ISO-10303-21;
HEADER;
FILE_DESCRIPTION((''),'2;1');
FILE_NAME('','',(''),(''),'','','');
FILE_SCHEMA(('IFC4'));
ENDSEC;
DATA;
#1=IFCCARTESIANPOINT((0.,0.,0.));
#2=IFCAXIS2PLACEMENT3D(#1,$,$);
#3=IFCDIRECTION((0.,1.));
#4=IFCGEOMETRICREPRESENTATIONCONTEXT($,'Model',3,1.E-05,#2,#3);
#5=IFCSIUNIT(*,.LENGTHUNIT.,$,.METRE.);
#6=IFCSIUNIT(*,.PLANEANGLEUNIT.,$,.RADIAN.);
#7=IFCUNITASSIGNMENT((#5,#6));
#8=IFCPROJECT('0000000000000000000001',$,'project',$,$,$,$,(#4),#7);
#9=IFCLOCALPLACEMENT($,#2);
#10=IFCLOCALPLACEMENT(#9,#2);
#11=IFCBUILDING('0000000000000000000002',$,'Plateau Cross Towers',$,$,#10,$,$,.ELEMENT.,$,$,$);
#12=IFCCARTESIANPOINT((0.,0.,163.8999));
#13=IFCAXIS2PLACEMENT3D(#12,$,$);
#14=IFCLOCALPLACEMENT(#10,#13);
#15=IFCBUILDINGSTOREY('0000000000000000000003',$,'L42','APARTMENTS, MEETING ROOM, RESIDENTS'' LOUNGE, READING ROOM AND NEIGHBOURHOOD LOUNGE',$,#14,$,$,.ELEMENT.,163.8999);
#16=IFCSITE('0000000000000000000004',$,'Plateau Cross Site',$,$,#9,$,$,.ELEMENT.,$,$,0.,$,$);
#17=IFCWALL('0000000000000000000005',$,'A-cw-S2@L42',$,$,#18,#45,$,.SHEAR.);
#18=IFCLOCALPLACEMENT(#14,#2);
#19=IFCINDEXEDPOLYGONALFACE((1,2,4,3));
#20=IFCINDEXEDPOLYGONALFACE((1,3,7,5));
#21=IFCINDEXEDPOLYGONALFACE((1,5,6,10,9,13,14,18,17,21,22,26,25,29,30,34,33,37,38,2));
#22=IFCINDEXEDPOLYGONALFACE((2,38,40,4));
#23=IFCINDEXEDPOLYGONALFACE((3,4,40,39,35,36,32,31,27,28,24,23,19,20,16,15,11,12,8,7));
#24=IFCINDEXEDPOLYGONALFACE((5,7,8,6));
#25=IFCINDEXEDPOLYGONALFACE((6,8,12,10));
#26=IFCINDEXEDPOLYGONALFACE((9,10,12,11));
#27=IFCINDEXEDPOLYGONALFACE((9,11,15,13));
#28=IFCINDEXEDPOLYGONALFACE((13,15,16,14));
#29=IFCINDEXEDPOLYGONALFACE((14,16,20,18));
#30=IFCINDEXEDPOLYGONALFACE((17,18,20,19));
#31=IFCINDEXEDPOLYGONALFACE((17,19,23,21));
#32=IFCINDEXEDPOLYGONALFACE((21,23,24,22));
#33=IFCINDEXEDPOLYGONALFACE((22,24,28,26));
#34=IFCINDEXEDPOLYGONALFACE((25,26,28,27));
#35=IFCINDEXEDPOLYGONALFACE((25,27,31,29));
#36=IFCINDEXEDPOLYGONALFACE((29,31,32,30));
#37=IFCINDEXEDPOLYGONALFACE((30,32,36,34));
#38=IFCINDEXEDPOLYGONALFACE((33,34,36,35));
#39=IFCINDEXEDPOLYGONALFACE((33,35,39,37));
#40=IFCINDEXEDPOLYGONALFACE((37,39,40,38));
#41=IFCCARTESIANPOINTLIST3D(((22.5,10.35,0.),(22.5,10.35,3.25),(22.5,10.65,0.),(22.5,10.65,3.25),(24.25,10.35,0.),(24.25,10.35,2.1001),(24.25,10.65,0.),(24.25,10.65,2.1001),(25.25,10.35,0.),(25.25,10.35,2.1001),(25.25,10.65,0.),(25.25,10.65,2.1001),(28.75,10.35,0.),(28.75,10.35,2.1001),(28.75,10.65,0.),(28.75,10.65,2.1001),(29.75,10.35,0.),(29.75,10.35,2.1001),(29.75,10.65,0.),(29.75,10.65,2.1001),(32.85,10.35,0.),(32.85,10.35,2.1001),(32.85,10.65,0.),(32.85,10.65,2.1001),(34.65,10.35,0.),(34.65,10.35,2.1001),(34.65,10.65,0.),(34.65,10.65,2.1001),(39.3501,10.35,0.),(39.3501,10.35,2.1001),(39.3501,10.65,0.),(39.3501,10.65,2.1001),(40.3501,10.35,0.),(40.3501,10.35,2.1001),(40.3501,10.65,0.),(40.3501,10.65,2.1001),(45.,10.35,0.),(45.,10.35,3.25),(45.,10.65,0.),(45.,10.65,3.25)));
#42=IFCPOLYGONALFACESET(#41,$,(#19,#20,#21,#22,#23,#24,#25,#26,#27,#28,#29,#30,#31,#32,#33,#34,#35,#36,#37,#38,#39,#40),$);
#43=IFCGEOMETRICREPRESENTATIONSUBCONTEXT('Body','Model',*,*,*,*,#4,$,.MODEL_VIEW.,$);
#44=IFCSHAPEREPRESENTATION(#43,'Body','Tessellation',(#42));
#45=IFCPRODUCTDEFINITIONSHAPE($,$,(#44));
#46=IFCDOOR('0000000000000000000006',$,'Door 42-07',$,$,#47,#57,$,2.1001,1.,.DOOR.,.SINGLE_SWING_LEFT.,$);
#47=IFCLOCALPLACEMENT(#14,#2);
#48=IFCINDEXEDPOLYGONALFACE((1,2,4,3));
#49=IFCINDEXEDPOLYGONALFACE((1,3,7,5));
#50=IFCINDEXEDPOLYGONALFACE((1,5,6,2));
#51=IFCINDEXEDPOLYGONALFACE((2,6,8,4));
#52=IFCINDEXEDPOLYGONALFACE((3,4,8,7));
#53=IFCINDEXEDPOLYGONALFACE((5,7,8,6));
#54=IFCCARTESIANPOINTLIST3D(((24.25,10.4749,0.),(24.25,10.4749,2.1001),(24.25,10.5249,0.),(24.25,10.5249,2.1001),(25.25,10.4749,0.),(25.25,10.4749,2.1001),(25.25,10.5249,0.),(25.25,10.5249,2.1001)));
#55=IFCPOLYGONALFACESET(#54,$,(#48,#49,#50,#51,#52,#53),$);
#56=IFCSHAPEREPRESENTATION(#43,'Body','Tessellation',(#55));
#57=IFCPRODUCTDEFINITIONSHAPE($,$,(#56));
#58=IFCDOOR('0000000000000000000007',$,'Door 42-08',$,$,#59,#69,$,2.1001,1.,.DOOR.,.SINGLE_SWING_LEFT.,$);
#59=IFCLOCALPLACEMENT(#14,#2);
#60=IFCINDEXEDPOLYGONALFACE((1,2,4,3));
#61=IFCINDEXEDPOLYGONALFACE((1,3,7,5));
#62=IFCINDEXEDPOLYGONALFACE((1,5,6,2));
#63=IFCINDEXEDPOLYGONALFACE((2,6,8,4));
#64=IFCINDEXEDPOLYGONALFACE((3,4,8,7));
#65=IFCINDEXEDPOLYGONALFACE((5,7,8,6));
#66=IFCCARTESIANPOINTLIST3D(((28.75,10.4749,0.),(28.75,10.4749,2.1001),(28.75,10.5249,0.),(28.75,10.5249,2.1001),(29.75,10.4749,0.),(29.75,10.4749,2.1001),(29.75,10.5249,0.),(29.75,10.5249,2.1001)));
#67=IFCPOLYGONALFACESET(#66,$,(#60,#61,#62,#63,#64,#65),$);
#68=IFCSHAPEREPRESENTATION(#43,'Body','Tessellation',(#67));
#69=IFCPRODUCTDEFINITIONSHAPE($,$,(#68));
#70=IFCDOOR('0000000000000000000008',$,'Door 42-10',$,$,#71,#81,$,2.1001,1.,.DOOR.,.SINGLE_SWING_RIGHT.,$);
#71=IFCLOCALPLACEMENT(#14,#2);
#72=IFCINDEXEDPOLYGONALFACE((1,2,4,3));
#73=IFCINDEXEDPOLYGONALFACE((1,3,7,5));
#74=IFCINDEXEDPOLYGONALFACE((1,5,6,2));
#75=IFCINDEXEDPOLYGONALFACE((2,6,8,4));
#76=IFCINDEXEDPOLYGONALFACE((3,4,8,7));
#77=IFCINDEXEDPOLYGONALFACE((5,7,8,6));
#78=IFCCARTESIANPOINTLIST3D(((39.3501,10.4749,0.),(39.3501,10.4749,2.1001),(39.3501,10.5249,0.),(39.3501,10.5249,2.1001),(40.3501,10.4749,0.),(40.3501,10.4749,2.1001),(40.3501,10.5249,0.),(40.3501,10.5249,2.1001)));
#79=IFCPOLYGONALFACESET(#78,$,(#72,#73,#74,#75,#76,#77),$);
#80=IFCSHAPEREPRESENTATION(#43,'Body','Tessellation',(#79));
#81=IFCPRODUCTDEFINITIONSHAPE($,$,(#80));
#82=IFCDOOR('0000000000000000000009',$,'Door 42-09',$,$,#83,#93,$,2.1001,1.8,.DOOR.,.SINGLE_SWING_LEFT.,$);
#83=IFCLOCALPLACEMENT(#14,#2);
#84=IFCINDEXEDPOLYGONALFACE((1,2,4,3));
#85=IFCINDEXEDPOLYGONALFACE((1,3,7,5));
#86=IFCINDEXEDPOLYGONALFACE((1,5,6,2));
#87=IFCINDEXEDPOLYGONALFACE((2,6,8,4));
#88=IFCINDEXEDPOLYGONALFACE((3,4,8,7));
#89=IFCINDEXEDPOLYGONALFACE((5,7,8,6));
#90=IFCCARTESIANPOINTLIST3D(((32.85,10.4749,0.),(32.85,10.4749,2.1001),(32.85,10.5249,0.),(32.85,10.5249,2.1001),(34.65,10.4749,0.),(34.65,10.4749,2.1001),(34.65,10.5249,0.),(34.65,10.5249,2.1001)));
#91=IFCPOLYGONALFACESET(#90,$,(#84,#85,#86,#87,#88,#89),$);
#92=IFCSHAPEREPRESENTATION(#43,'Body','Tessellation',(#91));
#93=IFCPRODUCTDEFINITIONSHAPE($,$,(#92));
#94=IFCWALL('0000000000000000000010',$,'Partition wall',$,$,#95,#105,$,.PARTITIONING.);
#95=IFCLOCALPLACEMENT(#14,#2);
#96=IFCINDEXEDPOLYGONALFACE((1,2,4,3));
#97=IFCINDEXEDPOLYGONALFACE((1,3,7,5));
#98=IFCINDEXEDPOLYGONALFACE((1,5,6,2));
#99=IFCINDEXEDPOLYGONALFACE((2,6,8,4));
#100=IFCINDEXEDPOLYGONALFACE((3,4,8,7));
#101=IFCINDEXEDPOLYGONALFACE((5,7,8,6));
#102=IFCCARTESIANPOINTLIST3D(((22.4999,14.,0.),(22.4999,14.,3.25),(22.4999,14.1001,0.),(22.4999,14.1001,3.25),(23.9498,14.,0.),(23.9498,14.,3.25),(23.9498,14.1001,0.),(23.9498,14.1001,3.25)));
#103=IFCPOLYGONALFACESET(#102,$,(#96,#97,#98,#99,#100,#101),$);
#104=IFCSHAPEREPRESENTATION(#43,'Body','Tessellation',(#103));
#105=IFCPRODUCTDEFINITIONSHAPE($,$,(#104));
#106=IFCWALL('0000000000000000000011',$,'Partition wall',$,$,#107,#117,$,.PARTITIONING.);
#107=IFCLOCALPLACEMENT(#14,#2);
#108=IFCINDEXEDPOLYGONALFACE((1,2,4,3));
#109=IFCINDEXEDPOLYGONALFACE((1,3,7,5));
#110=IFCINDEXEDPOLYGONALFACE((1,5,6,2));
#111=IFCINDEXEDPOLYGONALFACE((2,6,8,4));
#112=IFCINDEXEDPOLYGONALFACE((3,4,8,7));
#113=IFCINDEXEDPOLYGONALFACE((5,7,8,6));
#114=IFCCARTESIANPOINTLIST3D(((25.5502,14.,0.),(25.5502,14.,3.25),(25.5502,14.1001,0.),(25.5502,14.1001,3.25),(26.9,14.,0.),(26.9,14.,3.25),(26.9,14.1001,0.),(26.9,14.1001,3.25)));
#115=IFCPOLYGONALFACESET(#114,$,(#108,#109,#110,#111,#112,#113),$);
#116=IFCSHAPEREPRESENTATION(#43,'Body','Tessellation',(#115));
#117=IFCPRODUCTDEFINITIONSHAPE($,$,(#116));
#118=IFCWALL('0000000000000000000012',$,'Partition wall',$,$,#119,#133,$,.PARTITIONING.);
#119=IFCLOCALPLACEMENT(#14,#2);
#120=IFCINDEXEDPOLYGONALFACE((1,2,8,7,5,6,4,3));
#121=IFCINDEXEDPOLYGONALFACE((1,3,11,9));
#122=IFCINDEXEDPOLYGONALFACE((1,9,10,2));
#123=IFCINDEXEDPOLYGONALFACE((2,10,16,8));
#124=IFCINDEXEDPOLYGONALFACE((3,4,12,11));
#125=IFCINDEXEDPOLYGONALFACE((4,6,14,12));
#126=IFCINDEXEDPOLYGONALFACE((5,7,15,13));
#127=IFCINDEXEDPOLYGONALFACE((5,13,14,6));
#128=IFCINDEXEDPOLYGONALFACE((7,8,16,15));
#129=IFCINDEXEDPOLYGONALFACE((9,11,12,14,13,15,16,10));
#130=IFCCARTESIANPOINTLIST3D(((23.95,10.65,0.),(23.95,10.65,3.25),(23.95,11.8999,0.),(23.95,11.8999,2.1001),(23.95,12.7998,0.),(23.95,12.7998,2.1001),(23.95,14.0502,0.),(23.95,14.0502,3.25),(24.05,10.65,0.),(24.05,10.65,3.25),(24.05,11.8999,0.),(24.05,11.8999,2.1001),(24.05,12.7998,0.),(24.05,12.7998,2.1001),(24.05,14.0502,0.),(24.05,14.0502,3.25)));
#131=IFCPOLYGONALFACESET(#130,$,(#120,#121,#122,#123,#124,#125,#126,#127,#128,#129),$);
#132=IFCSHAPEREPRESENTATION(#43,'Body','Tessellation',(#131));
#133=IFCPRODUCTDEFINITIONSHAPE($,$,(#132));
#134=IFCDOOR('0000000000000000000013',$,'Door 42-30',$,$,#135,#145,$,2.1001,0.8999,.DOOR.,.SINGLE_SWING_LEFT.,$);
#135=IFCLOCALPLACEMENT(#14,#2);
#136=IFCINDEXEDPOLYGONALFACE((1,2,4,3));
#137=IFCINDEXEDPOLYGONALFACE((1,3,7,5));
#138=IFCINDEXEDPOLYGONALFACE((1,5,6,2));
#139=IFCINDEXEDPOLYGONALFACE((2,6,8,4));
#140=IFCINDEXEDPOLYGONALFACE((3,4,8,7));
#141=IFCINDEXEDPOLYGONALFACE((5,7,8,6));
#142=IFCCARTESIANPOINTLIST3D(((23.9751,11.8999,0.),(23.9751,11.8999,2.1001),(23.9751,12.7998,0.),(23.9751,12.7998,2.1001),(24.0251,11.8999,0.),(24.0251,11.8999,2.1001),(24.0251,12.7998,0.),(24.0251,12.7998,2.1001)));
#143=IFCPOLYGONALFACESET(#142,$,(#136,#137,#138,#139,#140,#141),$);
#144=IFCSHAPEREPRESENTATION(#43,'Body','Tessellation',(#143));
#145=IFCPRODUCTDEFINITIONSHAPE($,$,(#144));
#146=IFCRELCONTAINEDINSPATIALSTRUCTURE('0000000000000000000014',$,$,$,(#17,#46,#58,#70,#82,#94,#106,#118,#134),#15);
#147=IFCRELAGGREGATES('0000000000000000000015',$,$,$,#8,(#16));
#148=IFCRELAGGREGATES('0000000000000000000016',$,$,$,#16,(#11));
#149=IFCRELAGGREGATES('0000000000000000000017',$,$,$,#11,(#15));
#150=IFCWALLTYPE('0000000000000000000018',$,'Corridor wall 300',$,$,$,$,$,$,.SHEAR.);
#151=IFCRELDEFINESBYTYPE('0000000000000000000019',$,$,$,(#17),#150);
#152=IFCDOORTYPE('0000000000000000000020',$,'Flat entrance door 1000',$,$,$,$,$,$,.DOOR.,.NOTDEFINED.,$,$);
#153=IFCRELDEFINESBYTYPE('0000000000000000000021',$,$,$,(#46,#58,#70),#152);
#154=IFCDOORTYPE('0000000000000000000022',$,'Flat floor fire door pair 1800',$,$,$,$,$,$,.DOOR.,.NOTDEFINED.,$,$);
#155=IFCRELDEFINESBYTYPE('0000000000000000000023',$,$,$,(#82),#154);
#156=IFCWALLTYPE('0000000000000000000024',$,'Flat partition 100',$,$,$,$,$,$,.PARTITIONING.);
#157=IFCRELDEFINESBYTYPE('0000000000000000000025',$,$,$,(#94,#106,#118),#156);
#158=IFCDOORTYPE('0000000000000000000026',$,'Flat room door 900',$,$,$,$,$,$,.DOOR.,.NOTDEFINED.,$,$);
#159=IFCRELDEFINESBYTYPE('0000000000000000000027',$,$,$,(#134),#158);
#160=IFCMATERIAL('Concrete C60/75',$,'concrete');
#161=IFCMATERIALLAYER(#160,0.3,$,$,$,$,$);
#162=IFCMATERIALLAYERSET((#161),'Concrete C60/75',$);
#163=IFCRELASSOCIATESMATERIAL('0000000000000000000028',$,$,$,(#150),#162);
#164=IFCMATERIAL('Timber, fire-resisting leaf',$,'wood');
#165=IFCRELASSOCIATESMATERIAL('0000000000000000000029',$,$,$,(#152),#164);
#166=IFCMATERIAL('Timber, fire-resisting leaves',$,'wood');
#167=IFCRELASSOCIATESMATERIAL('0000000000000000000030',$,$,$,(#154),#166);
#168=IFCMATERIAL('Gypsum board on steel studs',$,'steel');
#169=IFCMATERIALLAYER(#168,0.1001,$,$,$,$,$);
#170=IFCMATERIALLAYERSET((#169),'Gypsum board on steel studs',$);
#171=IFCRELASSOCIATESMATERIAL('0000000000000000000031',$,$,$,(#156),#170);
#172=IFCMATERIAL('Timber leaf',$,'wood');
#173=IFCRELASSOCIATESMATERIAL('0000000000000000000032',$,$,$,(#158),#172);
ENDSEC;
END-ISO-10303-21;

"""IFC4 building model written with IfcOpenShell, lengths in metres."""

from ifc_helpers import new_model, si_unit, direction, frame, frame_2d, origin, place, context, subcontext, project, spatial, rectangle, extrude, material, layer, layer_set, type_object, element, fill, save


model = new_model("IFC4")

# Units and contexts
model_context = context("Model", 3, precision=1e-05, world=origin(), true_north=direction((0.0, 1.0)))
body_context = subcontext(model_context, "Body", "Model", "MODEL_VIEW")
ifc_project = project(units=[si_unit("LENGTHUNIT", "METRE"), si_unit("PLANEANGLEUNIT", "RADIAN")], contexts=[model_context])

# Site, building, storey
site_placement = place(None, origin())
site = spatial("IfcSite", under=ifc_project, at=site_placement, Name="Plateau Cross Site", CompositionType="ELEMENT", RefElevation=0.0)
building_placement = place(site_placement, origin())
building = spatial("IfcBuilding", under=site, at=building_placement, Name="Plateau Cross Towers", CompositionType="ELEMENT")
storey_placement = place(building_placement, frame((0.0, 0.0, 163.8999)))
storey = spatial("IfcBuildingStorey", under=building, at=storey_placement, Name="L42", Description="APARTMENTS, MEETING ROOM, RESIDENTS' LOUNGE, READING ROOM AND NEIGHBOURHOOD LOUNGE", CompositionType="ELEMENT", Elevation=163.8999)

# Shared definitions
ifc_material_1 = material(Name="Concrete C60/75", Category="concrete")

# Wall, openings, doors
ifc_layer_1 = layer(ifc_material_1, 0.3)
ifc_layer_set_1 = layer_set([ifc_layer_1], Name="Concrete C60/75")
wall_type_1 = type_object("IfcWallType", Name="Corridor wall 300", PredefinedType="SHEAR", material=ifc_layer_set_1)
ifc_material_2 = material(Name="Timber, fire-resisting leaf", Category="wood")
door_type_1 = type_object("IfcDoorType", Name="Flat entrance door 1000", OperationType="NOTDEFINED", PredefinedType="DOOR", material=ifc_material_2)
wall_1_placement = place(storey_placement, frame((22.5, 10.5, 0.0), z_axis=(0.0, 0.0, 1.0), x_axis=(1.0, 0.0, 0.0)))
wall_1 = element("IfcWall", 1, at=wall_1_placement, inside=storey, type_object=wall_type_1, Name="A-cw-S2@L42", PredefinedType="SHEAR", context=body_context, shape_type="SweptSolid", body=[
    extrude(rectangle(XDim=22.5, YDim=0.3, at=frame_2d((11.25, 0.0))), origin(), (0.0, 0.0, 1.0), 3.25),
])
opening_1_placement = place(wall_1_placement, frame((1.75, 0.0, 0.0)))
opening_1 = element("IfcOpeningElement", 2, at=opening_1_placement, cuts=wall_1, PredefinedType="OPENING", context=body_context, shape_type="SweptSolid", body=[
    extrude(rectangle(XDim=1.0, YDim=2.1001, at=frame_2d((0.5, 1.05))), frame((0.0, 0.1599, 0.0), z_axis=(0.0, -1.0, 0.0), x_axis=(1.0, 0.0, 0.0)), (0.0, 0.0, 1.0), 0.3201),
])
opening_2_placement = place(wall_1_placement, frame((6.25, 0.0, 0.0)))
opening_2 = element("IfcOpeningElement", 3, at=opening_2_placement, cuts=wall_1, PredefinedType="OPENING", context=body_context, shape_type="SweptSolid", body=[
    extrude(rectangle(XDim=1.0, YDim=2.1001, at=frame_2d((0.5, 1.05))), frame((0.0, 0.1599, 0.0), z_axis=(0.0, -1.0, 0.0), x_axis=(1.0, 0.0, 0.0)), (0.0, 0.0, 1.0), 0.3201),
])
opening_3_placement = place(wall_1_placement, frame((10.3501, 0.0, 0.0)))
opening_3 = element("IfcOpeningElement", 4, at=opening_3_placement, cuts=wall_1, PredefinedType="OPENING", context=body_context, shape_type="SweptSolid", body=[
    extrude(rectangle(XDim=1.8, YDim=2.1001, at=frame_2d((0.8999, 1.05))), frame((0.0, 0.1599, 0.0), z_axis=(0.0, -1.0, 0.0), x_axis=(1.0, 0.0, 0.0)), (0.0, 0.0, 1.0), 0.3201),
])
opening_4_placement = place(wall_1_placement, frame((16.8501, 0.0, 0.0)))
opening_4 = element("IfcOpeningElement", 5, at=opening_4_placement, cuts=wall_1, PredefinedType="OPENING", context=body_context, shape_type="SweptSolid", body=[
    extrude(rectangle(XDim=1.0, YDim=2.1001, at=frame_2d((0.5, 1.05))), frame((0.0, 0.1599, 0.0), z_axis=(0.0, -1.0, 0.0), x_axis=(1.0, 0.0, 0.0)), (0.0, 0.0, 1.0), 0.3201),
])
door_1_placement = place(opening_1_placement, origin())
door_1 = element("IfcDoor", 6, at=door_1_placement, inside=storey, type_object=door_type_1, Name="Door 42-07", OperationType="SINGLE_SWING_LEFT", OverallHeight=2.1001, OverallWidth=1.0, PredefinedType="DOOR", context=body_context, shape_type="SweptSolid", body=[
    extrude(rectangle(XDim=1.0, YDim=2.1001, at=frame_2d((0.5, 1.05))), frame((0.0, 0.0249, 0.0), z_axis=(0.0, -1.0, 0.0), x_axis=(1.0, 0.0, 0.0)), (0.0, 0.0, 1.0), 0.05),
])
fill(opening_1, door_1)
door_2_placement = place(opening_2_placement, origin())
door_2 = element("IfcDoor", 7, at=door_2_placement, inside=storey, type_object=door_type_1, Name="Door 42-08", OperationType="SINGLE_SWING_LEFT", OverallHeight=2.1001, OverallWidth=1.0, PredefinedType="DOOR", context=body_context, shape_type="SweptSolid", body=[
    extrude(rectangle(XDim=1.0, YDim=2.1001, at=frame_2d((0.5, 1.05))), frame((0.0, 0.0249, 0.0), z_axis=(0.0, -1.0, 0.0), x_axis=(1.0, 0.0, 0.0)), (0.0, 0.0, 1.0), 0.05),
])
fill(opening_2, door_2)
door_3_placement = place(opening_4_placement, origin())
door_3 = element("IfcDoor", 8, at=door_3_placement, inside=storey, type_object=door_type_1, Name="Door 42-10", OperationType="SINGLE_SWING_RIGHT", OverallHeight=2.1001, OverallWidth=1.0, PredefinedType="DOOR", context=body_context, shape_type="SweptSolid", body=[
    extrude(rectangle(XDim=1.0, YDim=2.1001, at=frame_2d((0.5, 1.05))), frame((0.0, 0.0249, 0.0), z_axis=(0.0, -1.0, 0.0), x_axis=(1.0, 0.0, 0.0)), (0.0, 0.0, 1.0), 0.05),
])
fill(opening_4, door_3)
ifc_material_3 = material(Name="Timber, fire-resisting leaves", Category="wood")
door_type_2 = type_object("IfcDoorType", Name="Flat floor fire door pair 1800", OperationType="NOTDEFINED", PredefinedType="DOOR", material=ifc_material_3)
door_4_placement = place(opening_3_placement, origin())
door_4 = element("IfcDoor", 9, at=door_4_placement, inside=storey, type_object=door_type_2, Name="Door 42-09", OperationType="SINGLE_SWING_LEFT", OverallHeight=2.1001, OverallWidth=1.8, PredefinedType="DOOR", context=body_context, shape_type="SweptSolid", body=[
    extrude(rectangle(XDim=1.8, YDim=2.1001, at=frame_2d((0.8999, 1.05))), frame((0.0, 0.0249, 0.0), z_axis=(0.0, -1.0, 0.0), x_axis=(1.0, 0.0, 0.0)), (0.0, 0.0, 1.0), 0.05),
])
fill(opening_3, door_4)

# Walls
ifc_material_4 = material(Name="Gypsum board on steel studs", Category="steel")
ifc_layer_2 = layer(ifc_material_4, 0.1001)
ifc_layer_set_2 = layer_set([ifc_layer_2], Name="Gypsum board on steel studs")
wall_type_2 = type_object("IfcWallType", Name="Flat partition 100", PredefinedType="PARTITIONING", material=ifc_layer_set_2)
wall_2_placement = place(storey_placement, frame((23.95, 14.05, 0.0), z_axis=(0.0, 0.0, 1.0), x_axis=(-1.0, 0.0, 0.0)))
element("IfcWall", 10, at=wall_2_placement, inside=storey, type_object=wall_type_2, Name="Partition wall", PredefinedType="PARTITIONING", context=body_context, shape_type="SweptSolid", body=[
    extrude(rectangle(XDim=1.45, YDim=0.1001, at=frame_2d((0.7251, 0.0))), origin(), (0.0, 0.0, 1.0), 3.25),
])
wall_3_placement = place(storey_placement, frame((26.8999, 14.05, 0.0), z_axis=(0.0, 0.0, 1.0), x_axis=(-1.0, 0.0, 0.0)))
element("IfcWall", 11, at=wall_3_placement, inside=storey, type_object=wall_type_2, Name="Partition wall", PredefinedType="PARTITIONING", context=body_context, shape_type="SweptSolid", body=[
    extrude(rectangle(XDim=1.3499, YDim=0.1001, at=frame_2d((0.6748, 0.0))), origin(), (0.0, 0.0, 1.0), 3.25),
])

# Wall, opening, door
wall_4_placement = place(storey_placement, frame((24.0, 10.6499, 0.0), z_axis=(0.0, 0.0, 1.0), x_axis=(0.0, 1.0, 0.0)))
wall_4 = element("IfcWall", 12, at=wall_4_placement, inside=storey, type_object=wall_type_2, Name="Partition wall", PredefinedType="PARTITIONING", context=body_context, shape_type="SweptSolid", body=[
    extrude(rectangle(XDim=3.4001, YDim=0.1001, at=frame_2d((1.7002, 0.0))), origin(), (0.0, 0.0, 1.0), 3.25),
])
opening_5_placement = place(wall_4_placement, frame((1.25, 0.0, 0.0)))
opening_5 = element("IfcOpeningElement", 13, at=opening_5_placement, cuts=wall_4, PredefinedType="OPENING", context=body_context, shape_type="SweptSolid", body=[
    extrude(rectangle(XDim=0.8999, YDim=2.1001, at=frame_2d((0.45, 1.05))), frame((0.0, 0.0601, 0.0), z_axis=(0.0, -1.0, 0.0), x_axis=(1.0, 0.0, 0.0)), (0.0, 0.0, 1.0), 0.1201),
])
ifc_material_5 = material(Name="Timber leaf", Category="wood")
door_type_3 = type_object("IfcDoorType", Name="Flat room door 900", OperationType="NOTDEFINED", PredefinedType="DOOR", material=ifc_material_5)
door_5_placement = place(opening_5_placement, origin())
door_5 = element("IfcDoor", 14, at=door_5_placement, inside=storey, type_object=door_type_3, Name="Door 42-30", OperationType="SINGLE_SWING_LEFT", OverallHeight=2.1001, OverallWidth=0.8999, PredefinedType="DOOR", context=body_context, shape_type="SweptSolid", body=[
    extrude(rectangle(XDim=0.8999, YDim=2.1001, at=frame_2d((0.45, 1.05))), frame((0.0, 0.0249, 0.0), z_axis=(0.0, -1.0, 0.0), x_axis=(1.0, 0.0, 0.0)), (0.0, 0.0, 1.0), 0.05),
])
fill(opening_5, door_5)

save(model, "model.ifc")
